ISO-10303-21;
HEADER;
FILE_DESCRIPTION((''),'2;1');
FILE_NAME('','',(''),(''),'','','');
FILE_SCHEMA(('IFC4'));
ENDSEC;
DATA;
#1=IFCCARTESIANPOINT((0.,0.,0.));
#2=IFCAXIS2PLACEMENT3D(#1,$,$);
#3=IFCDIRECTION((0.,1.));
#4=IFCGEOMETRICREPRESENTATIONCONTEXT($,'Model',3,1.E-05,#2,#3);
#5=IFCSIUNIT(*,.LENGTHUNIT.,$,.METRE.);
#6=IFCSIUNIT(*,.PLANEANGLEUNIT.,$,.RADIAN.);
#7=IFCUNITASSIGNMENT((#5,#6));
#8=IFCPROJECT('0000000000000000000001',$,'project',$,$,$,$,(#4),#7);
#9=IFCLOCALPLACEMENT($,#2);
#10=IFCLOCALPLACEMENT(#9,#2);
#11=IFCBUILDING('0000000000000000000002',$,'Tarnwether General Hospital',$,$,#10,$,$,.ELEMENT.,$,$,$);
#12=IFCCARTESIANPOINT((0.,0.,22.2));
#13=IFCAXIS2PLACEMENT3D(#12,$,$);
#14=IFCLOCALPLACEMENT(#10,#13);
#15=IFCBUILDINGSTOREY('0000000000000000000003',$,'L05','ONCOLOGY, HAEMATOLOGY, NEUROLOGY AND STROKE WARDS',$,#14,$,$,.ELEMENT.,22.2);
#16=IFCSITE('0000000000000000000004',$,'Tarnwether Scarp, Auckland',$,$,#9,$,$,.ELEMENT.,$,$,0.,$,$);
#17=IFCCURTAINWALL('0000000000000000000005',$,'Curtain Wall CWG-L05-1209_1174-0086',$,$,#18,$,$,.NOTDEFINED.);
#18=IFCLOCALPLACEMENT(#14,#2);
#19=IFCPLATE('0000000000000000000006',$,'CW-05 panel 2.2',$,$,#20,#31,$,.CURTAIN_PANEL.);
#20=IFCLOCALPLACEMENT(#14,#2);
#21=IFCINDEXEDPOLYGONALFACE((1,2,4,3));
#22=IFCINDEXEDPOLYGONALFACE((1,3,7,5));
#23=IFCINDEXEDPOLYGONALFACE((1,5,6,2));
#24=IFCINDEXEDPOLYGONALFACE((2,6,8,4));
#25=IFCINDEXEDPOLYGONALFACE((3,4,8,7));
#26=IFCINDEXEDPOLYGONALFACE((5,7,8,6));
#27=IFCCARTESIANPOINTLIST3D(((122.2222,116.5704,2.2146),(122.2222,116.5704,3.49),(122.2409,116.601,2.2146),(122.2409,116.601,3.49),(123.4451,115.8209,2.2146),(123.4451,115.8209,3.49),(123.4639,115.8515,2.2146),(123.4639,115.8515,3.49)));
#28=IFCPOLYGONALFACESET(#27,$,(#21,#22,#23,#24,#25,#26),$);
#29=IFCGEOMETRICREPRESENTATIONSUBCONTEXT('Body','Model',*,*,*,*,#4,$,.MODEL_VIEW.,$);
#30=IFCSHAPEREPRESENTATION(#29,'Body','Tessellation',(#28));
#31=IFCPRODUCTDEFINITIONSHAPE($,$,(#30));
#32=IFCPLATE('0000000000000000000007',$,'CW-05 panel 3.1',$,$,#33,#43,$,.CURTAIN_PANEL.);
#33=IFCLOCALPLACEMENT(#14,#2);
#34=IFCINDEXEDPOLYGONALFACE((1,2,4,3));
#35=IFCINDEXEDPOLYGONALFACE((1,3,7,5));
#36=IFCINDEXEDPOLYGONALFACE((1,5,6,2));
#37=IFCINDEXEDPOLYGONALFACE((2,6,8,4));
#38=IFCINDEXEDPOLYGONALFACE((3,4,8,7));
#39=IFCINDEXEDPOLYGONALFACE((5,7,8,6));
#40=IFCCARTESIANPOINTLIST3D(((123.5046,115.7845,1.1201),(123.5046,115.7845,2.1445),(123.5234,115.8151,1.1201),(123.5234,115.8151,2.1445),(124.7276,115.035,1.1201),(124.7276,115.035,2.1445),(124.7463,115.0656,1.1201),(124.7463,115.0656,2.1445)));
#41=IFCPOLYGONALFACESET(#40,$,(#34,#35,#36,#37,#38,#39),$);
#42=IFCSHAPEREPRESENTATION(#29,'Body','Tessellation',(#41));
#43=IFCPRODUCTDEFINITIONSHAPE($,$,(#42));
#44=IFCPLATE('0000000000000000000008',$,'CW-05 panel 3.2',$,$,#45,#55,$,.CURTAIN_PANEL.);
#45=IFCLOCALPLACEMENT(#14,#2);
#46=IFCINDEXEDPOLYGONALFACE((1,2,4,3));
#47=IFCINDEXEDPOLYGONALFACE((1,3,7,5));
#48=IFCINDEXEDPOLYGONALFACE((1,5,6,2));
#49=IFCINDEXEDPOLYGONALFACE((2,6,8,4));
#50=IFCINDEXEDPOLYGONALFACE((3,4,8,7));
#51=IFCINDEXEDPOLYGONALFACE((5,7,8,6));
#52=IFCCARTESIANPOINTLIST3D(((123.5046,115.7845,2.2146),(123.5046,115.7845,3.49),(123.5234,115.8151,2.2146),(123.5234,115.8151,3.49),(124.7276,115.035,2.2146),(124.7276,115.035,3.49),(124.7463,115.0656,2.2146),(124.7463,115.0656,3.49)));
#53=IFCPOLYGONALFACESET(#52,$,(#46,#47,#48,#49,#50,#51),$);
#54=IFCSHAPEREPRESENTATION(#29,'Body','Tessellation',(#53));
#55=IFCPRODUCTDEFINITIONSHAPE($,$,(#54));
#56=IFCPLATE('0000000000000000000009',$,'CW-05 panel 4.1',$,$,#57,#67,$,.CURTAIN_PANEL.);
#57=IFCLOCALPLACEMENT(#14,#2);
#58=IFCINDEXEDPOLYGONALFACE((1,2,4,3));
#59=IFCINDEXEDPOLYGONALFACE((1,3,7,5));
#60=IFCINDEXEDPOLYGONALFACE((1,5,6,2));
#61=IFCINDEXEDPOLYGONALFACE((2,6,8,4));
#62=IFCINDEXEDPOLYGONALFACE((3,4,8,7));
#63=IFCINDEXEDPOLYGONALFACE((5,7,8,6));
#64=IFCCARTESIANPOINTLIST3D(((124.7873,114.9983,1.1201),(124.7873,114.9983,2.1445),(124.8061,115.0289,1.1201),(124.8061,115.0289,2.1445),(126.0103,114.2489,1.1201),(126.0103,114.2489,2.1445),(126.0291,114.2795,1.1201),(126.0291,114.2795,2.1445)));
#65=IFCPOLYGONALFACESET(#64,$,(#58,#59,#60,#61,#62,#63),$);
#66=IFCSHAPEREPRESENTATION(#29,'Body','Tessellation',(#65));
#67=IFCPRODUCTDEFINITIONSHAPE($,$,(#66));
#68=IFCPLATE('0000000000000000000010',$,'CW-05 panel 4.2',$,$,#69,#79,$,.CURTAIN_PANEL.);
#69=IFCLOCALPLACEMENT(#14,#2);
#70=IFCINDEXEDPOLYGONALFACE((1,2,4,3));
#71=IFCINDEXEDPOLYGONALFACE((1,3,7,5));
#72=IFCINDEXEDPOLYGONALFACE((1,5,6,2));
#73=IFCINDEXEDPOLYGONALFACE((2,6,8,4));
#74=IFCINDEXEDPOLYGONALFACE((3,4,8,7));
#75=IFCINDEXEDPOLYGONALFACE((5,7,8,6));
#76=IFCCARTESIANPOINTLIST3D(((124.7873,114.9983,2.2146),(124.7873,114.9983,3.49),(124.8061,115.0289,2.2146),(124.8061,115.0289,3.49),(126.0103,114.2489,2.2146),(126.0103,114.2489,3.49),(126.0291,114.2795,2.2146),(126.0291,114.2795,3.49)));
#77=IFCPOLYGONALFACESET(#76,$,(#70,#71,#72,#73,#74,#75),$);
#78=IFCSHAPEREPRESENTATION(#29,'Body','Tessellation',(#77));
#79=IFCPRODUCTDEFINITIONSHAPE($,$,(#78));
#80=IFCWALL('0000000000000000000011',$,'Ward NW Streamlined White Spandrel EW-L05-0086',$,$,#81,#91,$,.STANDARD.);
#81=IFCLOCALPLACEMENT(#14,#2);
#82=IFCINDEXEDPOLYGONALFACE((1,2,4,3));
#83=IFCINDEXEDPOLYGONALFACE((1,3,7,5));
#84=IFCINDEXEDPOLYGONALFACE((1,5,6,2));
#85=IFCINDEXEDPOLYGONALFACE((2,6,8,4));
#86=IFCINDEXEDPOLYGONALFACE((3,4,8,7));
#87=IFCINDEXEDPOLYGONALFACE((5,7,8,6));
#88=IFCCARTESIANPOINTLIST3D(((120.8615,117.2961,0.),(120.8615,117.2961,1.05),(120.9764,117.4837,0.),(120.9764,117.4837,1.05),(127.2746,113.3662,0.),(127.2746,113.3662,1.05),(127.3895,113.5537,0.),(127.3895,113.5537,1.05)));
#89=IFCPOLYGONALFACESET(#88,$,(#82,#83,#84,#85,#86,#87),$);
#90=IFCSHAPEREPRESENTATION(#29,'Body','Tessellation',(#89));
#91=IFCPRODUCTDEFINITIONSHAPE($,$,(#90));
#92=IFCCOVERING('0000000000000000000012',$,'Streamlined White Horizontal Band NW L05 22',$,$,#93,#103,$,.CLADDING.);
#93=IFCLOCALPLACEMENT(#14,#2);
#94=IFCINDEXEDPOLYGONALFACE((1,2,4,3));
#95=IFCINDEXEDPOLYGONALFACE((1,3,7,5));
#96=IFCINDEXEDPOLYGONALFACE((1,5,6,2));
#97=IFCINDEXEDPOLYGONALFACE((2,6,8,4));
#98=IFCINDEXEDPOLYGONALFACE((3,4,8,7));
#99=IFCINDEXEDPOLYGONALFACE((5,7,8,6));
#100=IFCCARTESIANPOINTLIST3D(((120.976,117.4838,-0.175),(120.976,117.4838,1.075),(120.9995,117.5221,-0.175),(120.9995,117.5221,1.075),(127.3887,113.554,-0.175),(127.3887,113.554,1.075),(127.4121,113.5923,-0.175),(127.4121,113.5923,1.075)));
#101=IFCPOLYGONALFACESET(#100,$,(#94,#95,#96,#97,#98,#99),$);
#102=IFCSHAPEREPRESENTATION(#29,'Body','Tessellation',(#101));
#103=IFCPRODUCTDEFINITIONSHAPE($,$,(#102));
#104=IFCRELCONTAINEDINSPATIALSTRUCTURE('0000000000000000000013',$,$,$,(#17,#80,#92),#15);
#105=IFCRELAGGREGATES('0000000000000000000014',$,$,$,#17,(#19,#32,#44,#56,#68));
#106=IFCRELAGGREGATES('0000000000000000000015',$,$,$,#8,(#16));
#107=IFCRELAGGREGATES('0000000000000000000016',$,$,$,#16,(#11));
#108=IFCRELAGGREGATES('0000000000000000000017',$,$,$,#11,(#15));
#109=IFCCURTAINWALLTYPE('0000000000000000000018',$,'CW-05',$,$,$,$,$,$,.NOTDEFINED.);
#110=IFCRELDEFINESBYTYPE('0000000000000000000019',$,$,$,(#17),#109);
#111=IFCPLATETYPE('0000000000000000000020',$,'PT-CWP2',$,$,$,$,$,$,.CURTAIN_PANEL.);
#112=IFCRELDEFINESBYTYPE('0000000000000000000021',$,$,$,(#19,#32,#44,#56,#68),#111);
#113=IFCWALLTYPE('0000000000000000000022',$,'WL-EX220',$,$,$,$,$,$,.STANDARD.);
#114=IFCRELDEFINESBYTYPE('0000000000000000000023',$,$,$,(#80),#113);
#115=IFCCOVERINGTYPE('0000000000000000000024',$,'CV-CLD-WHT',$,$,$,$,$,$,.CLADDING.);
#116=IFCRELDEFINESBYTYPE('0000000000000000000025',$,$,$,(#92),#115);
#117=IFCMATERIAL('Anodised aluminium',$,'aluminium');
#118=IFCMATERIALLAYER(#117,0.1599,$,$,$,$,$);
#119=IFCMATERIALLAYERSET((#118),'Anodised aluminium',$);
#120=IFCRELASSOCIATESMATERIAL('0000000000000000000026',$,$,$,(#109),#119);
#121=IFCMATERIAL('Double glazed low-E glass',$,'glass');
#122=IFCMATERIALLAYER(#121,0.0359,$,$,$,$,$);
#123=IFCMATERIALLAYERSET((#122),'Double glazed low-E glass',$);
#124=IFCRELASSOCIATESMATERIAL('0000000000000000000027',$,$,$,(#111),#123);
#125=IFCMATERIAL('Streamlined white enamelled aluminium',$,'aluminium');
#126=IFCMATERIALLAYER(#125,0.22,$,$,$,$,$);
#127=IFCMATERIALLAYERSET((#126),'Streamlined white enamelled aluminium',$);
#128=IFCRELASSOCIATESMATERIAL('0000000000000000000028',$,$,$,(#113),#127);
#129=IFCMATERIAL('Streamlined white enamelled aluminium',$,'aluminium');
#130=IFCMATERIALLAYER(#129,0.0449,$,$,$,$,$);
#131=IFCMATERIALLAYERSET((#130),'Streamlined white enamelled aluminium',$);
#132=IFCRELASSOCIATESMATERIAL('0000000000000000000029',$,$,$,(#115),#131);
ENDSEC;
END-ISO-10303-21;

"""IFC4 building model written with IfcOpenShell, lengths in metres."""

from ifc_helpers import new_model, si_unit, direction, frame, frame_2d, origin, origin_2d, place, context, subcontext, project, spatial, rectangle, extrude, material, layer, layer_set, type_object, element, aggregate, save


model = new_model("IFC4")

# Units and contexts
model_context = context("Model", 3, precision=1e-05, world=origin(), true_north=direction((0.0, 1.0)))
body_context = subcontext(model_context, "Body", "Model", "MODEL_VIEW")
ifc_project = project(units=[si_unit("LENGTHUNIT", "METRE"), si_unit("PLANEANGLEUNIT", "RADIAN")], contexts=[model_context])

# Site, building, storey
site_placement = place(None, origin())
site = spatial("IfcSite", under=ifc_project, at=site_placement, Name="Tarnwether Scarp, Auckland", CompositionType="ELEMENT", RefElevation=0.0)
building_placement = place(site_placement, origin())
building = spatial("IfcBuilding", under=site, at=building_placement, Name="Tarnwether General Hospital", CompositionType="ELEMENT")
storey_placement = place(building_placement, frame((0.0, 0.0, 22.2)))
storey = spatial("IfcBuildingStorey", under=building, at=storey_placement, Name="L05", Description="ONCOLOGY, HAEMATOLOGY, NEUROLOGY AND STROKE WARDS", CompositionType="ELEMENT", Elevation=22.2)

# Curtain wall
ifc_material_1 = material(Name="Anodised aluminium", Category="aluminium")
ifc_layer_1 = layer(ifc_material_1, 0.1599)
ifc_layer_set_1 = layer_set([ifc_layer_1], Name="Anodised aluminium")
curtain_wall_type = type_object("IfcCurtainWallType", Name="CW-05", PredefinedType="NOTDEFINED", material=ifc_layer_set_1)
curtain_wall_1_placement = place(storey_placement, origin())
curtain_wall_1 = element("IfcCurtainWall", 1, at=curtain_wall_1_placement, inside=storey, type_object=curtain_wall_type, Name="Curtain Wall CWG-L05-1209_1174-0086", PredefinedType="NOTDEFINED")

# Plates
ifc_material_2 = material(Name="Double glazed low-E glass", Category="glass")
ifc_layer_2 = layer(ifc_material_2, 0.0359)
ifc_layer_set_2 = layer_set([ifc_layer_2], Name="Double glazed low-E glass")
plate_type_1 = type_object("IfcPlateType", Name="PT-CWP2", PredefinedType="CURTAIN_PANEL", material=ifc_layer_set_2)
plate_1_placement = place(storey_placement, frame((122.843, 116.2109, 2.2146), z_axis=(0.0, 0.0, 1.0), x_axis=(0.852634, -0.522509, 0.0)))
plate_1 = element("IfcPlate", 2, at=plate_1_placement, type_object=plate_type_1, Name="CW-05 panel 2.2", PredefinedType="CURTAIN_PANEL", context=body_context, shape_type="SweptSolid", body=[
    extrude(rectangle(XDim=1.4343, YDim=0.0359, at=origin_2d()), origin(), (0.0, 0.0, 1.0), 1.2754),
])
plate_2_placement = place(storey_placement, frame((124.1255, 115.425, 1.1201), z_axis=(0.0, 0.0, 1.0), x_axis=(0.852634, -0.522509, 0.0)))
plate_2 = element("IfcPlate", 3, at=plate_2_placement, type_object=plate_type_1, Name="CW-05 panel 3.1", PredefinedType="CURTAIN_PANEL", context=body_context, shape_type="SweptSolid", body=[
    extrude(rectangle(XDim=1.4343, YDim=0.0359, at=origin_2d()), origin(), (0.0, 0.0, 1.0), 1.0244),
])
plate_3_placement = place(storey_placement, frame((124.1255, 115.425, 2.2146), z_axis=(0.0, 0.0, 1.0), x_axis=(0.852634, -0.522509, 0.0)))
plate_3 = element("IfcPlate", 4, at=plate_3_placement, type_object=plate_type_1, Name="CW-05 panel 3.2", PredefinedType="CURTAIN_PANEL", context=body_context, shape_type="SweptSolid", body=[
    extrude(rectangle(XDim=1.4343, YDim=0.0359, at=origin_2d()), origin(), (0.0, 0.0, 1.0), 1.2754),
])
plate_4_placement = place(storey_placement, frame((125.4082, 114.6389, 1.1201), z_axis=(0.0, 0.0, 1.0), x_axis=(0.852634, -0.522509, 0.0)))
plate_4 = element("IfcPlate", 5, at=plate_4_placement, type_object=plate_type_1, Name="CW-05 panel 4.1", PredefinedType="CURTAIN_PANEL", context=body_context, shape_type="SweptSolid", body=[
    extrude(rectangle(XDim=1.4343, YDim=0.0359, at=origin_2d()), origin(), (0.0, 0.0, 1.0), 1.0244),
])
plate_5_placement = place(storey_placement, frame((125.4082, 114.6389, 2.2146), z_axis=(0.0, 0.0, 1.0), x_axis=(0.852634, -0.522509, 0.0)))
plate_5 = element("IfcPlate", 6, at=plate_5_placement, type_object=plate_type_1, Name="CW-05 panel 4.2", PredefinedType="CURTAIN_PANEL", context=body_context, shape_type="SweptSolid", body=[
    extrude(rectangle(XDim=1.4343, YDim=0.0359, at=origin_2d()), origin(), (0.0, 0.0, 1.0), 1.2754),
])
aggregate(curtain_wall_1, [plate_1, plate_2, plate_3, plate_4, plate_5])

# Wall
ifc_material_3 = material(Name="Streamlined white enamelled aluminium", Category="aluminium")
ifc_layer_3 = layer(ifc_material_3, 0.22)
ifc_layer_set_3 = layer_set([ifc_layer_3], Name="Streamlined white enamelled aluminium")
wall_type = type_object("IfcWallType", Name="WL-EX220", PredefinedType="STANDARD", material=ifc_layer_set_3)
wall_placement = place(storey_placement, frame((120.9189, 117.3899, 0.0), z_axis=(0.0, 0.0, 1.0), x_axis=(0.852641, -0.522497, 0.0)))
element("IfcWall", 7, at=wall_placement, inside=storey, type_object=wall_type, Name="Ward NW Streamlined White Spandrel EW-L05-0086", PredefinedType="STANDARD", context=body_context, shape_type="SweptSolid", body=[
    extrude(rectangle(XDim=7.5215, YDim=0.22, at=frame_2d((3.7607, 0.0))), origin(), (0.0, 0.0, 1.0), 1.05),
])

# Covering
ifc_material_4 = material(Name="Streamlined white enamelled aluminium", Category="aluminium")
ifc_layer_4 = layer(ifc_material_4, 0.0449)
ifc_layer_set_4 = layer_set([ifc_layer_4], Name="Streamlined white enamelled aluminium")
covering_type = type_object("IfcCoveringType", Name="CV-CLD-WHT", PredefinedType="CLADDING", material=ifc_layer_set_4)
covering_placement = place(storey_placement, frame((124.1941, 115.5381, -0.175), z_axis=(0.0, 0.0, 1.0), x_axis=(0.852631, -0.522513, 0.0)))
element("IfcCovering", 8, at=covering_placement, inside=storey, type_object=covering_type, Name="Streamlined White Horizontal Band NW L05 22", PredefinedType="CLADDING", context=body_context, shape_type="SweptSolid", body=[
    extrude(rectangle(XDim=7.521, YDim=0.0449, at=origin_2d()), origin(), (0.0, 0.0, 1.0), 1.25),
])

save(model, "model.ifc")
